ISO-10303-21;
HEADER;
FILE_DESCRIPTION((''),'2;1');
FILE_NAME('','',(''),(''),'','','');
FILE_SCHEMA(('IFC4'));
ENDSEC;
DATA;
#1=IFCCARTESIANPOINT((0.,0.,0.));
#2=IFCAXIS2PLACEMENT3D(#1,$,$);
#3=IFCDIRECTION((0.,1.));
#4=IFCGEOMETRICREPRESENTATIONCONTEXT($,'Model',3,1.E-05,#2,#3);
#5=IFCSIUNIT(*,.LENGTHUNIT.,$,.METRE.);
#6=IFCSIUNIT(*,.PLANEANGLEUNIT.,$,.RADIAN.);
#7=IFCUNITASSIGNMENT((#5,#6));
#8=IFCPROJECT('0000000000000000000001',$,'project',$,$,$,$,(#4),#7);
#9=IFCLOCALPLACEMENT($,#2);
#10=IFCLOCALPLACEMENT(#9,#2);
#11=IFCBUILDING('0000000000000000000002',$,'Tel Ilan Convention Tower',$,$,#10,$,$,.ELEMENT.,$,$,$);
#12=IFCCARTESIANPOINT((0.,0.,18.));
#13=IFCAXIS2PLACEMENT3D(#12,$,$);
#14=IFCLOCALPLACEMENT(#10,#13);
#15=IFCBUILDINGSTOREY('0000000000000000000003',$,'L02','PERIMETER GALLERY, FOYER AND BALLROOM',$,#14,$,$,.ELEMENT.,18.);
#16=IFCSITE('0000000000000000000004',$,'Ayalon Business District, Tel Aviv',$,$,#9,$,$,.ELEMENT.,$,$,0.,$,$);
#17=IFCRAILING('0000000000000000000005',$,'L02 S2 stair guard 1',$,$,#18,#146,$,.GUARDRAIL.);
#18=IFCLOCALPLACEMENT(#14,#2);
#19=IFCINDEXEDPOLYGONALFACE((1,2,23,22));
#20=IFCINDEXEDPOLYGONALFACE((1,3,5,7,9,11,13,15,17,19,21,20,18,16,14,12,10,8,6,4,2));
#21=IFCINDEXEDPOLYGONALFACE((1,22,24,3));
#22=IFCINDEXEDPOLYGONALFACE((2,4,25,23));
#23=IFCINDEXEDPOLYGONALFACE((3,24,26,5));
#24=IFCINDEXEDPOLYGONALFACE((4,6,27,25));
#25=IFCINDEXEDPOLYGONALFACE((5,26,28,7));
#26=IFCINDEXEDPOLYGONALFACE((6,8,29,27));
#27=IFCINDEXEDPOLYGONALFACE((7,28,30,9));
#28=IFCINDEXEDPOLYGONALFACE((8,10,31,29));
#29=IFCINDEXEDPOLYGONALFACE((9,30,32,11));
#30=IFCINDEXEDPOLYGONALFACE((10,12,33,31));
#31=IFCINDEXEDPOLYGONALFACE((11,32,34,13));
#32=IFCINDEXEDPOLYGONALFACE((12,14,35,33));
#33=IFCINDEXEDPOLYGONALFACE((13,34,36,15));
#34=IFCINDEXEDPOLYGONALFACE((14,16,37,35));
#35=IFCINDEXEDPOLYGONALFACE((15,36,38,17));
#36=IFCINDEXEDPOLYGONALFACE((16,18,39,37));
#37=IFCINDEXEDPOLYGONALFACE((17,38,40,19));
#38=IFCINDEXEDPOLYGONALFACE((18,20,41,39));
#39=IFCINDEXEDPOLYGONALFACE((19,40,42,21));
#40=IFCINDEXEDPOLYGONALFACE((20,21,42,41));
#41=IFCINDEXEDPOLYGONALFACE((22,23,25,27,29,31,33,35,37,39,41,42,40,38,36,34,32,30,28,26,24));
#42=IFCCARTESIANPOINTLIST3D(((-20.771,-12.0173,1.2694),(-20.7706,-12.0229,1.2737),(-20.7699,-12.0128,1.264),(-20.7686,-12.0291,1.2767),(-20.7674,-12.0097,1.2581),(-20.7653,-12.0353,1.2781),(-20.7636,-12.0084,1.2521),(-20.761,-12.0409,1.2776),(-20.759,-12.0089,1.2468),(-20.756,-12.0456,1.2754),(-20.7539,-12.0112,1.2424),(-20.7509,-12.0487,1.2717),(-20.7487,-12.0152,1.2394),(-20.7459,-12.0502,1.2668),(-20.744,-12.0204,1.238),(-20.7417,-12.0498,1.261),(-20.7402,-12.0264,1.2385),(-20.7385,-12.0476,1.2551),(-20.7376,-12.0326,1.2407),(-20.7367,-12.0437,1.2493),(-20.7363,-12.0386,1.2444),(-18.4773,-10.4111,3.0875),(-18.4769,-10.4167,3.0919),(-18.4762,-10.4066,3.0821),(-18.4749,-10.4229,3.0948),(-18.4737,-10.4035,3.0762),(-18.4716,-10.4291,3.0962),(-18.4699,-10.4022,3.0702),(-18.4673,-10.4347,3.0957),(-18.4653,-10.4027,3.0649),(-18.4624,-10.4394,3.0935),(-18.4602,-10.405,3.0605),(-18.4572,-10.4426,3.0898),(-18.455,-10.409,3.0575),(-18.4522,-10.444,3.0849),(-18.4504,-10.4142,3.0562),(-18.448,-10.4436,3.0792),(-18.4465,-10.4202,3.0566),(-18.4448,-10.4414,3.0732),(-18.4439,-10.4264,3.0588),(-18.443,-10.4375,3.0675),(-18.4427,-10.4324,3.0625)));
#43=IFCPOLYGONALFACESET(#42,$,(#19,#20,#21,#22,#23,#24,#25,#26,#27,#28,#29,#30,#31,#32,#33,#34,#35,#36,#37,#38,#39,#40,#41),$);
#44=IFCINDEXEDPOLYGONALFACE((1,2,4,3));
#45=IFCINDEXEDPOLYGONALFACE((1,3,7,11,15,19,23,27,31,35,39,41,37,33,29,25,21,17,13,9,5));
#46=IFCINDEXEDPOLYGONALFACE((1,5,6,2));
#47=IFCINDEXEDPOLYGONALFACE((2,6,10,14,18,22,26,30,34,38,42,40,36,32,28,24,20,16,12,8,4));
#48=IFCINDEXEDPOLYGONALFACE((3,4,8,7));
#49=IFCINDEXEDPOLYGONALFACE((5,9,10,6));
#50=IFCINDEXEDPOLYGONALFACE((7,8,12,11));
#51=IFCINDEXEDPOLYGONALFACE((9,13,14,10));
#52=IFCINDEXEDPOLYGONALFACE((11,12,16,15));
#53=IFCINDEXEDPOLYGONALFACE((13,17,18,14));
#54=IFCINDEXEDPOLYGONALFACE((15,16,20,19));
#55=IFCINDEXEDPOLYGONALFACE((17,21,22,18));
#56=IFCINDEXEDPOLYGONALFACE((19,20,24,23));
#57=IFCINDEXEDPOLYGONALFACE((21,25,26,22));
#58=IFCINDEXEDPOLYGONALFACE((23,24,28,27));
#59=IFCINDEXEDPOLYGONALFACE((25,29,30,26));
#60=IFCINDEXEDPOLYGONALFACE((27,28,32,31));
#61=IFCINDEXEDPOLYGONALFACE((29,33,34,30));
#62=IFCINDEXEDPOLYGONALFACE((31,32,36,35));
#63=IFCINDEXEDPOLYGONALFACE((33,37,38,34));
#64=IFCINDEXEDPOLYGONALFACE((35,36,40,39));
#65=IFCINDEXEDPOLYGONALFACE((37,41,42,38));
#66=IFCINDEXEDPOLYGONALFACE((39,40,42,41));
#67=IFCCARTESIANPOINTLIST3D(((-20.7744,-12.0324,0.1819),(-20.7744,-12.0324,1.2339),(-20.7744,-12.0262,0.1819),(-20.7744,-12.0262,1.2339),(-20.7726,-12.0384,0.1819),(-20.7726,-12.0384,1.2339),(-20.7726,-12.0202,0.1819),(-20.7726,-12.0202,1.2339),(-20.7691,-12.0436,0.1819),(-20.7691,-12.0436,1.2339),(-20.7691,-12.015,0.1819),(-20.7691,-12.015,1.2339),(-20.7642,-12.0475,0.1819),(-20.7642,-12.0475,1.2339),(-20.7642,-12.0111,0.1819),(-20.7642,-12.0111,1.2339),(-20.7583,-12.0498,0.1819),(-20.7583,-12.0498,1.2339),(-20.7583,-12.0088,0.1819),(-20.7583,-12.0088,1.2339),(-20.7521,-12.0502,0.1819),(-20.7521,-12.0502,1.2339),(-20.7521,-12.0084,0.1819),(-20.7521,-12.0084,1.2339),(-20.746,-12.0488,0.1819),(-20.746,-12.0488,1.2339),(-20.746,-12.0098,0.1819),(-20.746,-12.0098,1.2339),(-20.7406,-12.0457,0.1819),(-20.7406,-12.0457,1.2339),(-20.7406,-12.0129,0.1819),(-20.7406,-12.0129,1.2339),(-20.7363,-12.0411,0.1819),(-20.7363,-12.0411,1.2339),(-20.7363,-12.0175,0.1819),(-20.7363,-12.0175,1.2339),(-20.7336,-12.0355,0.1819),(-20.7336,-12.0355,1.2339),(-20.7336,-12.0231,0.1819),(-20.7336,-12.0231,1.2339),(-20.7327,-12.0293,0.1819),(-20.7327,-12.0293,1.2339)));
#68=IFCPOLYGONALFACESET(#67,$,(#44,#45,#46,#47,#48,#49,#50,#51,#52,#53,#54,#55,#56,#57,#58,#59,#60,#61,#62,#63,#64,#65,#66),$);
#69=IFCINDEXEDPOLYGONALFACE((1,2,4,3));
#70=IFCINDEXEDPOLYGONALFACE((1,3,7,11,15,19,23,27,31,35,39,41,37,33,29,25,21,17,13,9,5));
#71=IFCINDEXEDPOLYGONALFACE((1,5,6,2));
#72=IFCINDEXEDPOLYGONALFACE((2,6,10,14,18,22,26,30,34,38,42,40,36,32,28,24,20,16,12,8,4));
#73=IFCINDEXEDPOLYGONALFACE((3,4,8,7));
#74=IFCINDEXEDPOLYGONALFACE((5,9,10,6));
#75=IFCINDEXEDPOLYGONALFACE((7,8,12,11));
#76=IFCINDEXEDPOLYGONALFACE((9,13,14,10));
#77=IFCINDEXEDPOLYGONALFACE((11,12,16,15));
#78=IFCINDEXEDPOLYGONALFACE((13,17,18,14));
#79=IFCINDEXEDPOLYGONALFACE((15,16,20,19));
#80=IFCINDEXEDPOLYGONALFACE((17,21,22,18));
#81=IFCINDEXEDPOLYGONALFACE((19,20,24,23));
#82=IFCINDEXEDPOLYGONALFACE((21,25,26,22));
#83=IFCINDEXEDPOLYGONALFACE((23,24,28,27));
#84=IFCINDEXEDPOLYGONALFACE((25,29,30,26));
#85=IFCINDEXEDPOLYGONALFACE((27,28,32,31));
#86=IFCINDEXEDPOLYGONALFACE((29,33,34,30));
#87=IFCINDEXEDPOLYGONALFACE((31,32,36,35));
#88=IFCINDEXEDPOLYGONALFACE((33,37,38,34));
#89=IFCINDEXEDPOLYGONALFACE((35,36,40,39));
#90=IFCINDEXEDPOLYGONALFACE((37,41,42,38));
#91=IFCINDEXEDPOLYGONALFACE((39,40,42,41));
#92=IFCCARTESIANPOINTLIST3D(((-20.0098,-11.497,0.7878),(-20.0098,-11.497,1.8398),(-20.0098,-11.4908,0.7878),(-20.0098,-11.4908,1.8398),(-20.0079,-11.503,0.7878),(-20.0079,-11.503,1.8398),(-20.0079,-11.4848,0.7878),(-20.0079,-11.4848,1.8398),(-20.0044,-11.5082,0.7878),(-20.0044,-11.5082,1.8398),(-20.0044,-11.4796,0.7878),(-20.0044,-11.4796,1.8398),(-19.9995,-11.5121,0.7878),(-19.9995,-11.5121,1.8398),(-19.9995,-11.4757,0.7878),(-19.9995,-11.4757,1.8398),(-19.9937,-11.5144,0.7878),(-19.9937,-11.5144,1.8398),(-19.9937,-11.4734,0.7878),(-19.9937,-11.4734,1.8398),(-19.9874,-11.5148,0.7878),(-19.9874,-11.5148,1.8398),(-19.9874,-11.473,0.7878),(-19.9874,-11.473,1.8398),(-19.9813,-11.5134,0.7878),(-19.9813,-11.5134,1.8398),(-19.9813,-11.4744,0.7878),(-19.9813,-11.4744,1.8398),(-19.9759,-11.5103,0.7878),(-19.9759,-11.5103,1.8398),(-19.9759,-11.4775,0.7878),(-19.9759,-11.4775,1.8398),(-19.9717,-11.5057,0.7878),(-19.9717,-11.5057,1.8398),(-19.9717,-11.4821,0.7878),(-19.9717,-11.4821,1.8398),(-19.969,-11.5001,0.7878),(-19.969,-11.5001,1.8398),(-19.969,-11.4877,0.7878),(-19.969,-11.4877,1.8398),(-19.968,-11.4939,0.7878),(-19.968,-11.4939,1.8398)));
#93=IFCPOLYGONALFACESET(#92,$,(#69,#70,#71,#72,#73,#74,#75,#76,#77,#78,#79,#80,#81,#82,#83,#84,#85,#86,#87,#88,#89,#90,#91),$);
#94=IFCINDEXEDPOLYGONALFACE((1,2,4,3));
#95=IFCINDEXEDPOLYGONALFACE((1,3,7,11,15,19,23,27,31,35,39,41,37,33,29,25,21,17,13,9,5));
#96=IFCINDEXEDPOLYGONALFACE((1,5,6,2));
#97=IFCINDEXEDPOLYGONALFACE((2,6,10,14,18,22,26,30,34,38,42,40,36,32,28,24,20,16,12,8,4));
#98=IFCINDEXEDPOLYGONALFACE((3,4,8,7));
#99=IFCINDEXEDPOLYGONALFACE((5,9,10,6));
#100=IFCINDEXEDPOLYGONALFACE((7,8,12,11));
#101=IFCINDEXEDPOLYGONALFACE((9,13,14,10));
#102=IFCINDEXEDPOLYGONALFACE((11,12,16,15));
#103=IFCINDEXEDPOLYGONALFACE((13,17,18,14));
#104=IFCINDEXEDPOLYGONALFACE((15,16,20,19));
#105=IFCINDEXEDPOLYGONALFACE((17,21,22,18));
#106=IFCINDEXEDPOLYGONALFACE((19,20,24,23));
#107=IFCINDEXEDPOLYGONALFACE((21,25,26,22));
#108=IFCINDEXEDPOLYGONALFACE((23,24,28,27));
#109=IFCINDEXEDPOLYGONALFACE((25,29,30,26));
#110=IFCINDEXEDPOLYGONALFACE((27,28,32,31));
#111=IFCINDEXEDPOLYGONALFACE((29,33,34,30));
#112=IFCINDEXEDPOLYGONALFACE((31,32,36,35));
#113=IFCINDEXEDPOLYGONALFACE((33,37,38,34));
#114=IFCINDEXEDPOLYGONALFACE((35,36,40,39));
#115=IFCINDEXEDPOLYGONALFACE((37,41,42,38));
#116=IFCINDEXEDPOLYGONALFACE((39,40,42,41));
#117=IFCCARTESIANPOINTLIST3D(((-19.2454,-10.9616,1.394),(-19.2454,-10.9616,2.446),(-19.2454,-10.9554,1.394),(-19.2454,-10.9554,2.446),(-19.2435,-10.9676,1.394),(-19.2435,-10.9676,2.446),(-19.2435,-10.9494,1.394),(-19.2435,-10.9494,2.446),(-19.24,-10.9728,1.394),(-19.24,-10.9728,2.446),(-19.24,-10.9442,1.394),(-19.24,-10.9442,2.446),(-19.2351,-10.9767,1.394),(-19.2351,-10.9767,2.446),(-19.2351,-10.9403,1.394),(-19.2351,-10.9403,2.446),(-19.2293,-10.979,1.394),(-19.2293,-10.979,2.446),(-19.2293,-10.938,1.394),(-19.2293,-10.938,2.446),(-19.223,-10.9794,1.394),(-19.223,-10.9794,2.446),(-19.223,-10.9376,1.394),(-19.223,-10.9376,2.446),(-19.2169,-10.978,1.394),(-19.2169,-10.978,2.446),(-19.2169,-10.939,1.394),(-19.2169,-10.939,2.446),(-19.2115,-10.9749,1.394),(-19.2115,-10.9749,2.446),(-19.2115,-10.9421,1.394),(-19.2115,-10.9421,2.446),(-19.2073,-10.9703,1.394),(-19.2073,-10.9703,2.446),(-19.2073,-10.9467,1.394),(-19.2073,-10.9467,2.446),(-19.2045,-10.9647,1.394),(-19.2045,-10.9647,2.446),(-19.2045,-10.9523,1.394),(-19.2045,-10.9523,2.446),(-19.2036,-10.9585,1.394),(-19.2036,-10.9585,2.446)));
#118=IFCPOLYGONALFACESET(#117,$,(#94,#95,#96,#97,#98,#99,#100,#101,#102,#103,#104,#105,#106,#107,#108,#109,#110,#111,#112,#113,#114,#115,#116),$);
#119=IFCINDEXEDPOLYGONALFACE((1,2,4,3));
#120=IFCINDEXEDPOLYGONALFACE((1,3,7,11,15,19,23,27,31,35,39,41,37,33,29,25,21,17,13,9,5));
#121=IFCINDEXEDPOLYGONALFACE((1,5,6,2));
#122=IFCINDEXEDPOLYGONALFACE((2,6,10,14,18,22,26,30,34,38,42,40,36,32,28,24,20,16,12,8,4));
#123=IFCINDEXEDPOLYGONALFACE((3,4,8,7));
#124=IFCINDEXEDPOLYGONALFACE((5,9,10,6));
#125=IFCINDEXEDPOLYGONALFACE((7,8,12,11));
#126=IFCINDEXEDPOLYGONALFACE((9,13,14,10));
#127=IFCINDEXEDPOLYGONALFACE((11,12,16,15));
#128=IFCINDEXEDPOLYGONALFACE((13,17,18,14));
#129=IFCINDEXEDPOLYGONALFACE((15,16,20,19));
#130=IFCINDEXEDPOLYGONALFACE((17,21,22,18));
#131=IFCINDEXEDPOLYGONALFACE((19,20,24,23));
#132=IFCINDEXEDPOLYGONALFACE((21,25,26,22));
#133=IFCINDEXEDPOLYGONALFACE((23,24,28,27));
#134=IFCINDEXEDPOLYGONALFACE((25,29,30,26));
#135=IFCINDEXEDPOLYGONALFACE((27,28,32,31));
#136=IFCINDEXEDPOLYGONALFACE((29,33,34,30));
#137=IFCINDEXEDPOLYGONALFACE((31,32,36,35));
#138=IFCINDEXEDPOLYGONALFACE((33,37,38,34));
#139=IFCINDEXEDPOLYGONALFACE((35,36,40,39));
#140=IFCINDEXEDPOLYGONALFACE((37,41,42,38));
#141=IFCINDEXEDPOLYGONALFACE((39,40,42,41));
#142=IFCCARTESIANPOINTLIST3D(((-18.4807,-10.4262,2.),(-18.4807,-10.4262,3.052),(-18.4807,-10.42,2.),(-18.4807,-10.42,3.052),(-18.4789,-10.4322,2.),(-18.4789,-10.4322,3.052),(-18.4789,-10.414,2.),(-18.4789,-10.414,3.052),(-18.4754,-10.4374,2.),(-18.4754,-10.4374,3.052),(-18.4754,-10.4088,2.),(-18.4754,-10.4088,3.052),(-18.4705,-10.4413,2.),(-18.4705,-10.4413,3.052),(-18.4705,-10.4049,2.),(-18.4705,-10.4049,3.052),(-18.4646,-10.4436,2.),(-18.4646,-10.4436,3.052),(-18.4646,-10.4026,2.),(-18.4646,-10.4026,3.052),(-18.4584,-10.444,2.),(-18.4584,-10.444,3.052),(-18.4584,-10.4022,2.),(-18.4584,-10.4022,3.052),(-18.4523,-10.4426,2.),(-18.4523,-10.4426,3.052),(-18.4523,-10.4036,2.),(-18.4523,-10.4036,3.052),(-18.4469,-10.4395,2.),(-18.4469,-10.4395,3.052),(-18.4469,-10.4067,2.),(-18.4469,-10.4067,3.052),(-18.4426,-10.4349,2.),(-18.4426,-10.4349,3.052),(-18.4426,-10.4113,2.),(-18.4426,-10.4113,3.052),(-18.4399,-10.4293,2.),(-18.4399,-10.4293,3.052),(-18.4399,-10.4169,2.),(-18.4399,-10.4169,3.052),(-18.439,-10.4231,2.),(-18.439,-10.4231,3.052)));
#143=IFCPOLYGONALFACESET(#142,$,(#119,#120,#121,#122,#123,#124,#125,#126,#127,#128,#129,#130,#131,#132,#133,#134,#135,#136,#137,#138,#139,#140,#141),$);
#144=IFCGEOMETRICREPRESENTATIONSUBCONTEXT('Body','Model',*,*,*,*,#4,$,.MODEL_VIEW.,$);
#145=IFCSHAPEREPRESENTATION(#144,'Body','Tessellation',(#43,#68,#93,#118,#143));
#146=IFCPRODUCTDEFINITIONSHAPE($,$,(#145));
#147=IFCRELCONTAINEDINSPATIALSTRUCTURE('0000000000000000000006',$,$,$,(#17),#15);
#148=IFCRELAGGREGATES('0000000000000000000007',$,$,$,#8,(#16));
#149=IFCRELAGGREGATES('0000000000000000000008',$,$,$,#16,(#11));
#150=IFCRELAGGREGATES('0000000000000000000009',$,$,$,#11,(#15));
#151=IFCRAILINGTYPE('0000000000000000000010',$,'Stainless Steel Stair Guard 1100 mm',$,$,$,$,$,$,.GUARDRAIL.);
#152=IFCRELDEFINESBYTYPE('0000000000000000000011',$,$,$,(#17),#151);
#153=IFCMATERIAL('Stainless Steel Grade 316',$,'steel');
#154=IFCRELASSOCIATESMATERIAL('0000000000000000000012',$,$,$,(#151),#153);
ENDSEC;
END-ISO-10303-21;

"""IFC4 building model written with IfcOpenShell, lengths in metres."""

from ifc_helpers import new_model, si_unit, direction, frame, origin, origin_2d, place, context, subcontext, project, spatial, circle, extrude, material, type_object, element, save


model = new_model("IFC4")

# Units and contexts
model_context = context("Model", 3, precision=1e-05, world=origin(), true_north=direction((0.0, 1.0)))
body_context = subcontext(model_context, "Body", "Model", "MODEL_VIEW")
ifc_project = project(units=[si_unit("LENGTHUNIT", "METRE"), si_unit("PLANEANGLEUNIT", "RADIAN")], contexts=[model_context])

# Site, building, storey
site_placement = place(None, origin())
site = spatial("IfcSite", under=ifc_project, at=site_placement, Name="Ayalon Business District, Tel Aviv", CompositionType="ELEMENT", RefElevation=0.0)
building_placement = place(site_placement, origin())
building = spatial("IfcBuilding", under=site, at=building_placement, Name="Tel Ilan Convention Tower", CompositionType="ELEMENT")
storey_placement = place(building_placement, frame((0.0, 0.0, 18.0)))
storey = spatial("IfcBuildingStorey", under=building, at=storey_placement, Name="L02", Description="PERIMETER GALLERY, FOYER AND BALLROOM", CompositionType="ELEMENT", Elevation=18.0)

# Railing
ifc_material_1 = material(Name="Stainless Steel Grade 316", Category="steel")
railing_type = type_object("IfcRailingType", Name="Stainless Steel Stair Guard 1100 mm", PredefinedType="GUARDRAIL", material=ifc_material_1)
for number, where, name in (
    (1, (-20.7537, -12.0293, 0.1819), "L02 S2 stair guard 1"),
):
    element("IfcRailing", number, at=place(storey_placement, frame(where)), inside=storey, type_object=railing_type, Name=name, PredefinedType="GUARDRAIL", context=body_context, shape_type="SweptSolid", body=[
        extrude(circle(Radius=0.0239, at=origin_2d()), frame((0.0, 0.0, 1.0762), z_axis=(0.687017, 0.481095, 0.544568), x_axis=(-0.573609, 0.81913, 0.0)), (0.0, 0.0, 1.0), 3.3386),
        extrude(circle(Radius=0.021, at=origin_2d()), origin(), (0.0, 0.0, 1.0), 1.052),
        extrude(circle(Radius=0.021, at=origin_2d()), frame((0.7646, 0.5354, 0.606)), (0.0, 0.0, 1.0), 1.052),
        extrude(circle(Radius=0.021, at=origin_2d()), frame((1.5291, 1.0708, 1.2122)), (0.0, 0.0, 1.0), 1.052),
        extrude(circle(Radius=0.021, at=origin_2d()), frame((2.2937, 1.6062, 1.8181)), (0.0, 0.0, 1.0), 1.052),
    ])

save(model, "model.ifc")
